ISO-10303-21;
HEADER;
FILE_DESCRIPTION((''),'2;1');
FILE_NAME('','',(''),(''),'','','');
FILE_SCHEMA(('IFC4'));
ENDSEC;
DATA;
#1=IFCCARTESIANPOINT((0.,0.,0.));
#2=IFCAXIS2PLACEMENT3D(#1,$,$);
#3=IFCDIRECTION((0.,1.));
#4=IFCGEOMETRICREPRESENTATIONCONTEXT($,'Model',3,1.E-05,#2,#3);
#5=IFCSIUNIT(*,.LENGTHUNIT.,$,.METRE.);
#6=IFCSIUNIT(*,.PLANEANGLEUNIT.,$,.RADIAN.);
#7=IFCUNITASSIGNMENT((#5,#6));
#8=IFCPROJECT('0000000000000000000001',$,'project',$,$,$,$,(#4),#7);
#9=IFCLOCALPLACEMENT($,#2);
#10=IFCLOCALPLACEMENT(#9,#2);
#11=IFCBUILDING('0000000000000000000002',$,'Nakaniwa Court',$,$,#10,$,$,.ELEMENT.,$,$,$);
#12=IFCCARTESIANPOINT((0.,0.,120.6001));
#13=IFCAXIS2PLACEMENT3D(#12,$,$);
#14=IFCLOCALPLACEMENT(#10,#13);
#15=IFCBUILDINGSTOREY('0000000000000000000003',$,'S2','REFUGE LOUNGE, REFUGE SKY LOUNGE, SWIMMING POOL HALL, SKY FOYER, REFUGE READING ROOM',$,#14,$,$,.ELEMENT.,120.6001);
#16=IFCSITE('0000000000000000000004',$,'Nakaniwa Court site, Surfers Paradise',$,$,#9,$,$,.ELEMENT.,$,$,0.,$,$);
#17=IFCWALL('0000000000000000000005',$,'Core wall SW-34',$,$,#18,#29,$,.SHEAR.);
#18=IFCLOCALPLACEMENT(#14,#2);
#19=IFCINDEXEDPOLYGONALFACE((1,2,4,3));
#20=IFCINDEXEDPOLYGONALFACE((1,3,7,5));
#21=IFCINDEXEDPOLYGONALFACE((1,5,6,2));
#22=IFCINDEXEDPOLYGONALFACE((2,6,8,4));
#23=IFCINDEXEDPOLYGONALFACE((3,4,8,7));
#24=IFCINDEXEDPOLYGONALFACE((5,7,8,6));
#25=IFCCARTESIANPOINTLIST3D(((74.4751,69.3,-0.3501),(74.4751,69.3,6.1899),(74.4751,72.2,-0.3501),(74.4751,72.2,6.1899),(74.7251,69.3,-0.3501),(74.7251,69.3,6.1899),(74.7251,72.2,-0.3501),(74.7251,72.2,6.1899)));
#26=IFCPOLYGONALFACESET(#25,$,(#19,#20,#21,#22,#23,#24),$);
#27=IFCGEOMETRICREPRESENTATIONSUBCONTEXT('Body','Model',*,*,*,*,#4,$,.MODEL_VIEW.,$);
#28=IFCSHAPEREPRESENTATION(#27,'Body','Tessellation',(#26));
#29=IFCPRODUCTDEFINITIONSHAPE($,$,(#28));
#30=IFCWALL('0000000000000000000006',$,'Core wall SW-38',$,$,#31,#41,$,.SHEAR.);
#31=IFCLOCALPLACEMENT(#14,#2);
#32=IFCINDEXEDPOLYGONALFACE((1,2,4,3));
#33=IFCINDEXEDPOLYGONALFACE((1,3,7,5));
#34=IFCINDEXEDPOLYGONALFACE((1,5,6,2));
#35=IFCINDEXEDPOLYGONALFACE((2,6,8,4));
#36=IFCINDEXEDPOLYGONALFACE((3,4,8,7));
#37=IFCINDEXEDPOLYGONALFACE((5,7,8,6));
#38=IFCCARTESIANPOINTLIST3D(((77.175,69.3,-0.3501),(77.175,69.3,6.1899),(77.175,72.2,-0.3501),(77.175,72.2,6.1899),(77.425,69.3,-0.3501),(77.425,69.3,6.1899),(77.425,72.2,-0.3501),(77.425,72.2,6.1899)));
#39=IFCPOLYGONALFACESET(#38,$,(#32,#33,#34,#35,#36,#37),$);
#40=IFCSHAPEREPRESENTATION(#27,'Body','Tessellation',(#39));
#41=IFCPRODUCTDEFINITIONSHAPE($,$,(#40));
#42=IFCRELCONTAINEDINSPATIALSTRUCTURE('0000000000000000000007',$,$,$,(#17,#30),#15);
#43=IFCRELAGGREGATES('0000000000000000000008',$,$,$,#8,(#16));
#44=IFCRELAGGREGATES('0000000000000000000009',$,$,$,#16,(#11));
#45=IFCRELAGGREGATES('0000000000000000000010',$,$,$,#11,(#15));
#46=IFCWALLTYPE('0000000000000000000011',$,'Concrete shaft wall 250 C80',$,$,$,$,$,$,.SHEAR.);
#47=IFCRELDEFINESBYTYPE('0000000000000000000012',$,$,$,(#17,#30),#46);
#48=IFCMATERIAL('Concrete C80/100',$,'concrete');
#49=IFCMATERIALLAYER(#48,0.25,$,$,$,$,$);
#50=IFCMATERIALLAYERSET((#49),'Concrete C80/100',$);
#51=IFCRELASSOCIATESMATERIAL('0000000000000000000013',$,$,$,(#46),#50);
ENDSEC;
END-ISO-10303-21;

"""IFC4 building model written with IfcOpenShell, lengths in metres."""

from ifc_helpers import new_model, si_unit, direction, frame, frame_2d, origin, place, context, subcontext, project, spatial, rectangle, extrude, material, layer, layer_set, type_object, element, save


model = new_model("IFC4")

# Units and contexts
model_context = context("Model", 3, precision=1e-05, world=origin(), true_north=direction((0.0, 1.0)))
body_context = subcontext(model_context, "Body", "Model", "MODEL_VIEW")
ifc_project = project(units=[si_unit("LENGTHUNIT", "METRE"), si_unit("PLANEANGLEUNIT", "RADIAN")], contexts=[model_context])

# Site, building, storey
site_placement = place(None, origin())
site = spatial("IfcSite", under=ifc_project, at=site_placement, Name="Nakaniwa Court site, Surfers Paradise", CompositionType="ELEMENT", RefElevation=0.0)
building_placement = place(site_placement, origin())
building = spatial("IfcBuilding", under=site, at=building_placement, Name="Nakaniwa Court", CompositionType="ELEMENT")
storey_placement = place(building_placement, frame((0.0, 0.0, 120.6001)))
storey = spatial("IfcBuildingStorey", under=building, at=storey_placement, Name="S2", Description="REFUGE LOUNGE, REFUGE SKY LOUNGE, SWIMMING POOL HALL, SKY FOYER, REFUGE READING ROOM", CompositionType="ELEMENT", Elevation=120.6001)

# Shared definitions
ifc_material_1 = material(Name="Concrete C80/100", Category="concrete")

# Walls
ifc_layer_1 = layer(ifc_material_1, 0.25)
ifc_layer_set_1 = layer_set([ifc_layer_1], Name="Concrete C80/100")
wall_type_1 = type_object("IfcWallType", Name="Concrete shaft wall 250 C80", PredefinedType="SHEAR", material=ifc_layer_set_1)
for number, where, z_axis, x_axis, name in (
    (1, (74.6001, 69.3, -0.3501), (0.0, 0.0, 1.0), (0.0, 1.0, 0.0), "Core wall SW-34"),
    (2, (77.3, 69.3, -0.3501), (0.0, 0.0, 1.0), (0.0, 1.0, 0.0), "Core wall SW-38"),
):
    element("IfcWall", number, at=place(storey_placement, frame(where, z_axis=z_axis, x_axis=x_axis)), inside=storey, type_object=wall_type_1, Name=name, PredefinedType="SHEAR", context=body_context, shape_type="SweptSolid", body=[
        extrude(rectangle(XDim=2.8999, YDim=0.25, at=frame_2d((1.45, 0.0))), origin(), (0.0, 0.0, 1.0), 6.54),
    ])

save(model, "model.ifc")
